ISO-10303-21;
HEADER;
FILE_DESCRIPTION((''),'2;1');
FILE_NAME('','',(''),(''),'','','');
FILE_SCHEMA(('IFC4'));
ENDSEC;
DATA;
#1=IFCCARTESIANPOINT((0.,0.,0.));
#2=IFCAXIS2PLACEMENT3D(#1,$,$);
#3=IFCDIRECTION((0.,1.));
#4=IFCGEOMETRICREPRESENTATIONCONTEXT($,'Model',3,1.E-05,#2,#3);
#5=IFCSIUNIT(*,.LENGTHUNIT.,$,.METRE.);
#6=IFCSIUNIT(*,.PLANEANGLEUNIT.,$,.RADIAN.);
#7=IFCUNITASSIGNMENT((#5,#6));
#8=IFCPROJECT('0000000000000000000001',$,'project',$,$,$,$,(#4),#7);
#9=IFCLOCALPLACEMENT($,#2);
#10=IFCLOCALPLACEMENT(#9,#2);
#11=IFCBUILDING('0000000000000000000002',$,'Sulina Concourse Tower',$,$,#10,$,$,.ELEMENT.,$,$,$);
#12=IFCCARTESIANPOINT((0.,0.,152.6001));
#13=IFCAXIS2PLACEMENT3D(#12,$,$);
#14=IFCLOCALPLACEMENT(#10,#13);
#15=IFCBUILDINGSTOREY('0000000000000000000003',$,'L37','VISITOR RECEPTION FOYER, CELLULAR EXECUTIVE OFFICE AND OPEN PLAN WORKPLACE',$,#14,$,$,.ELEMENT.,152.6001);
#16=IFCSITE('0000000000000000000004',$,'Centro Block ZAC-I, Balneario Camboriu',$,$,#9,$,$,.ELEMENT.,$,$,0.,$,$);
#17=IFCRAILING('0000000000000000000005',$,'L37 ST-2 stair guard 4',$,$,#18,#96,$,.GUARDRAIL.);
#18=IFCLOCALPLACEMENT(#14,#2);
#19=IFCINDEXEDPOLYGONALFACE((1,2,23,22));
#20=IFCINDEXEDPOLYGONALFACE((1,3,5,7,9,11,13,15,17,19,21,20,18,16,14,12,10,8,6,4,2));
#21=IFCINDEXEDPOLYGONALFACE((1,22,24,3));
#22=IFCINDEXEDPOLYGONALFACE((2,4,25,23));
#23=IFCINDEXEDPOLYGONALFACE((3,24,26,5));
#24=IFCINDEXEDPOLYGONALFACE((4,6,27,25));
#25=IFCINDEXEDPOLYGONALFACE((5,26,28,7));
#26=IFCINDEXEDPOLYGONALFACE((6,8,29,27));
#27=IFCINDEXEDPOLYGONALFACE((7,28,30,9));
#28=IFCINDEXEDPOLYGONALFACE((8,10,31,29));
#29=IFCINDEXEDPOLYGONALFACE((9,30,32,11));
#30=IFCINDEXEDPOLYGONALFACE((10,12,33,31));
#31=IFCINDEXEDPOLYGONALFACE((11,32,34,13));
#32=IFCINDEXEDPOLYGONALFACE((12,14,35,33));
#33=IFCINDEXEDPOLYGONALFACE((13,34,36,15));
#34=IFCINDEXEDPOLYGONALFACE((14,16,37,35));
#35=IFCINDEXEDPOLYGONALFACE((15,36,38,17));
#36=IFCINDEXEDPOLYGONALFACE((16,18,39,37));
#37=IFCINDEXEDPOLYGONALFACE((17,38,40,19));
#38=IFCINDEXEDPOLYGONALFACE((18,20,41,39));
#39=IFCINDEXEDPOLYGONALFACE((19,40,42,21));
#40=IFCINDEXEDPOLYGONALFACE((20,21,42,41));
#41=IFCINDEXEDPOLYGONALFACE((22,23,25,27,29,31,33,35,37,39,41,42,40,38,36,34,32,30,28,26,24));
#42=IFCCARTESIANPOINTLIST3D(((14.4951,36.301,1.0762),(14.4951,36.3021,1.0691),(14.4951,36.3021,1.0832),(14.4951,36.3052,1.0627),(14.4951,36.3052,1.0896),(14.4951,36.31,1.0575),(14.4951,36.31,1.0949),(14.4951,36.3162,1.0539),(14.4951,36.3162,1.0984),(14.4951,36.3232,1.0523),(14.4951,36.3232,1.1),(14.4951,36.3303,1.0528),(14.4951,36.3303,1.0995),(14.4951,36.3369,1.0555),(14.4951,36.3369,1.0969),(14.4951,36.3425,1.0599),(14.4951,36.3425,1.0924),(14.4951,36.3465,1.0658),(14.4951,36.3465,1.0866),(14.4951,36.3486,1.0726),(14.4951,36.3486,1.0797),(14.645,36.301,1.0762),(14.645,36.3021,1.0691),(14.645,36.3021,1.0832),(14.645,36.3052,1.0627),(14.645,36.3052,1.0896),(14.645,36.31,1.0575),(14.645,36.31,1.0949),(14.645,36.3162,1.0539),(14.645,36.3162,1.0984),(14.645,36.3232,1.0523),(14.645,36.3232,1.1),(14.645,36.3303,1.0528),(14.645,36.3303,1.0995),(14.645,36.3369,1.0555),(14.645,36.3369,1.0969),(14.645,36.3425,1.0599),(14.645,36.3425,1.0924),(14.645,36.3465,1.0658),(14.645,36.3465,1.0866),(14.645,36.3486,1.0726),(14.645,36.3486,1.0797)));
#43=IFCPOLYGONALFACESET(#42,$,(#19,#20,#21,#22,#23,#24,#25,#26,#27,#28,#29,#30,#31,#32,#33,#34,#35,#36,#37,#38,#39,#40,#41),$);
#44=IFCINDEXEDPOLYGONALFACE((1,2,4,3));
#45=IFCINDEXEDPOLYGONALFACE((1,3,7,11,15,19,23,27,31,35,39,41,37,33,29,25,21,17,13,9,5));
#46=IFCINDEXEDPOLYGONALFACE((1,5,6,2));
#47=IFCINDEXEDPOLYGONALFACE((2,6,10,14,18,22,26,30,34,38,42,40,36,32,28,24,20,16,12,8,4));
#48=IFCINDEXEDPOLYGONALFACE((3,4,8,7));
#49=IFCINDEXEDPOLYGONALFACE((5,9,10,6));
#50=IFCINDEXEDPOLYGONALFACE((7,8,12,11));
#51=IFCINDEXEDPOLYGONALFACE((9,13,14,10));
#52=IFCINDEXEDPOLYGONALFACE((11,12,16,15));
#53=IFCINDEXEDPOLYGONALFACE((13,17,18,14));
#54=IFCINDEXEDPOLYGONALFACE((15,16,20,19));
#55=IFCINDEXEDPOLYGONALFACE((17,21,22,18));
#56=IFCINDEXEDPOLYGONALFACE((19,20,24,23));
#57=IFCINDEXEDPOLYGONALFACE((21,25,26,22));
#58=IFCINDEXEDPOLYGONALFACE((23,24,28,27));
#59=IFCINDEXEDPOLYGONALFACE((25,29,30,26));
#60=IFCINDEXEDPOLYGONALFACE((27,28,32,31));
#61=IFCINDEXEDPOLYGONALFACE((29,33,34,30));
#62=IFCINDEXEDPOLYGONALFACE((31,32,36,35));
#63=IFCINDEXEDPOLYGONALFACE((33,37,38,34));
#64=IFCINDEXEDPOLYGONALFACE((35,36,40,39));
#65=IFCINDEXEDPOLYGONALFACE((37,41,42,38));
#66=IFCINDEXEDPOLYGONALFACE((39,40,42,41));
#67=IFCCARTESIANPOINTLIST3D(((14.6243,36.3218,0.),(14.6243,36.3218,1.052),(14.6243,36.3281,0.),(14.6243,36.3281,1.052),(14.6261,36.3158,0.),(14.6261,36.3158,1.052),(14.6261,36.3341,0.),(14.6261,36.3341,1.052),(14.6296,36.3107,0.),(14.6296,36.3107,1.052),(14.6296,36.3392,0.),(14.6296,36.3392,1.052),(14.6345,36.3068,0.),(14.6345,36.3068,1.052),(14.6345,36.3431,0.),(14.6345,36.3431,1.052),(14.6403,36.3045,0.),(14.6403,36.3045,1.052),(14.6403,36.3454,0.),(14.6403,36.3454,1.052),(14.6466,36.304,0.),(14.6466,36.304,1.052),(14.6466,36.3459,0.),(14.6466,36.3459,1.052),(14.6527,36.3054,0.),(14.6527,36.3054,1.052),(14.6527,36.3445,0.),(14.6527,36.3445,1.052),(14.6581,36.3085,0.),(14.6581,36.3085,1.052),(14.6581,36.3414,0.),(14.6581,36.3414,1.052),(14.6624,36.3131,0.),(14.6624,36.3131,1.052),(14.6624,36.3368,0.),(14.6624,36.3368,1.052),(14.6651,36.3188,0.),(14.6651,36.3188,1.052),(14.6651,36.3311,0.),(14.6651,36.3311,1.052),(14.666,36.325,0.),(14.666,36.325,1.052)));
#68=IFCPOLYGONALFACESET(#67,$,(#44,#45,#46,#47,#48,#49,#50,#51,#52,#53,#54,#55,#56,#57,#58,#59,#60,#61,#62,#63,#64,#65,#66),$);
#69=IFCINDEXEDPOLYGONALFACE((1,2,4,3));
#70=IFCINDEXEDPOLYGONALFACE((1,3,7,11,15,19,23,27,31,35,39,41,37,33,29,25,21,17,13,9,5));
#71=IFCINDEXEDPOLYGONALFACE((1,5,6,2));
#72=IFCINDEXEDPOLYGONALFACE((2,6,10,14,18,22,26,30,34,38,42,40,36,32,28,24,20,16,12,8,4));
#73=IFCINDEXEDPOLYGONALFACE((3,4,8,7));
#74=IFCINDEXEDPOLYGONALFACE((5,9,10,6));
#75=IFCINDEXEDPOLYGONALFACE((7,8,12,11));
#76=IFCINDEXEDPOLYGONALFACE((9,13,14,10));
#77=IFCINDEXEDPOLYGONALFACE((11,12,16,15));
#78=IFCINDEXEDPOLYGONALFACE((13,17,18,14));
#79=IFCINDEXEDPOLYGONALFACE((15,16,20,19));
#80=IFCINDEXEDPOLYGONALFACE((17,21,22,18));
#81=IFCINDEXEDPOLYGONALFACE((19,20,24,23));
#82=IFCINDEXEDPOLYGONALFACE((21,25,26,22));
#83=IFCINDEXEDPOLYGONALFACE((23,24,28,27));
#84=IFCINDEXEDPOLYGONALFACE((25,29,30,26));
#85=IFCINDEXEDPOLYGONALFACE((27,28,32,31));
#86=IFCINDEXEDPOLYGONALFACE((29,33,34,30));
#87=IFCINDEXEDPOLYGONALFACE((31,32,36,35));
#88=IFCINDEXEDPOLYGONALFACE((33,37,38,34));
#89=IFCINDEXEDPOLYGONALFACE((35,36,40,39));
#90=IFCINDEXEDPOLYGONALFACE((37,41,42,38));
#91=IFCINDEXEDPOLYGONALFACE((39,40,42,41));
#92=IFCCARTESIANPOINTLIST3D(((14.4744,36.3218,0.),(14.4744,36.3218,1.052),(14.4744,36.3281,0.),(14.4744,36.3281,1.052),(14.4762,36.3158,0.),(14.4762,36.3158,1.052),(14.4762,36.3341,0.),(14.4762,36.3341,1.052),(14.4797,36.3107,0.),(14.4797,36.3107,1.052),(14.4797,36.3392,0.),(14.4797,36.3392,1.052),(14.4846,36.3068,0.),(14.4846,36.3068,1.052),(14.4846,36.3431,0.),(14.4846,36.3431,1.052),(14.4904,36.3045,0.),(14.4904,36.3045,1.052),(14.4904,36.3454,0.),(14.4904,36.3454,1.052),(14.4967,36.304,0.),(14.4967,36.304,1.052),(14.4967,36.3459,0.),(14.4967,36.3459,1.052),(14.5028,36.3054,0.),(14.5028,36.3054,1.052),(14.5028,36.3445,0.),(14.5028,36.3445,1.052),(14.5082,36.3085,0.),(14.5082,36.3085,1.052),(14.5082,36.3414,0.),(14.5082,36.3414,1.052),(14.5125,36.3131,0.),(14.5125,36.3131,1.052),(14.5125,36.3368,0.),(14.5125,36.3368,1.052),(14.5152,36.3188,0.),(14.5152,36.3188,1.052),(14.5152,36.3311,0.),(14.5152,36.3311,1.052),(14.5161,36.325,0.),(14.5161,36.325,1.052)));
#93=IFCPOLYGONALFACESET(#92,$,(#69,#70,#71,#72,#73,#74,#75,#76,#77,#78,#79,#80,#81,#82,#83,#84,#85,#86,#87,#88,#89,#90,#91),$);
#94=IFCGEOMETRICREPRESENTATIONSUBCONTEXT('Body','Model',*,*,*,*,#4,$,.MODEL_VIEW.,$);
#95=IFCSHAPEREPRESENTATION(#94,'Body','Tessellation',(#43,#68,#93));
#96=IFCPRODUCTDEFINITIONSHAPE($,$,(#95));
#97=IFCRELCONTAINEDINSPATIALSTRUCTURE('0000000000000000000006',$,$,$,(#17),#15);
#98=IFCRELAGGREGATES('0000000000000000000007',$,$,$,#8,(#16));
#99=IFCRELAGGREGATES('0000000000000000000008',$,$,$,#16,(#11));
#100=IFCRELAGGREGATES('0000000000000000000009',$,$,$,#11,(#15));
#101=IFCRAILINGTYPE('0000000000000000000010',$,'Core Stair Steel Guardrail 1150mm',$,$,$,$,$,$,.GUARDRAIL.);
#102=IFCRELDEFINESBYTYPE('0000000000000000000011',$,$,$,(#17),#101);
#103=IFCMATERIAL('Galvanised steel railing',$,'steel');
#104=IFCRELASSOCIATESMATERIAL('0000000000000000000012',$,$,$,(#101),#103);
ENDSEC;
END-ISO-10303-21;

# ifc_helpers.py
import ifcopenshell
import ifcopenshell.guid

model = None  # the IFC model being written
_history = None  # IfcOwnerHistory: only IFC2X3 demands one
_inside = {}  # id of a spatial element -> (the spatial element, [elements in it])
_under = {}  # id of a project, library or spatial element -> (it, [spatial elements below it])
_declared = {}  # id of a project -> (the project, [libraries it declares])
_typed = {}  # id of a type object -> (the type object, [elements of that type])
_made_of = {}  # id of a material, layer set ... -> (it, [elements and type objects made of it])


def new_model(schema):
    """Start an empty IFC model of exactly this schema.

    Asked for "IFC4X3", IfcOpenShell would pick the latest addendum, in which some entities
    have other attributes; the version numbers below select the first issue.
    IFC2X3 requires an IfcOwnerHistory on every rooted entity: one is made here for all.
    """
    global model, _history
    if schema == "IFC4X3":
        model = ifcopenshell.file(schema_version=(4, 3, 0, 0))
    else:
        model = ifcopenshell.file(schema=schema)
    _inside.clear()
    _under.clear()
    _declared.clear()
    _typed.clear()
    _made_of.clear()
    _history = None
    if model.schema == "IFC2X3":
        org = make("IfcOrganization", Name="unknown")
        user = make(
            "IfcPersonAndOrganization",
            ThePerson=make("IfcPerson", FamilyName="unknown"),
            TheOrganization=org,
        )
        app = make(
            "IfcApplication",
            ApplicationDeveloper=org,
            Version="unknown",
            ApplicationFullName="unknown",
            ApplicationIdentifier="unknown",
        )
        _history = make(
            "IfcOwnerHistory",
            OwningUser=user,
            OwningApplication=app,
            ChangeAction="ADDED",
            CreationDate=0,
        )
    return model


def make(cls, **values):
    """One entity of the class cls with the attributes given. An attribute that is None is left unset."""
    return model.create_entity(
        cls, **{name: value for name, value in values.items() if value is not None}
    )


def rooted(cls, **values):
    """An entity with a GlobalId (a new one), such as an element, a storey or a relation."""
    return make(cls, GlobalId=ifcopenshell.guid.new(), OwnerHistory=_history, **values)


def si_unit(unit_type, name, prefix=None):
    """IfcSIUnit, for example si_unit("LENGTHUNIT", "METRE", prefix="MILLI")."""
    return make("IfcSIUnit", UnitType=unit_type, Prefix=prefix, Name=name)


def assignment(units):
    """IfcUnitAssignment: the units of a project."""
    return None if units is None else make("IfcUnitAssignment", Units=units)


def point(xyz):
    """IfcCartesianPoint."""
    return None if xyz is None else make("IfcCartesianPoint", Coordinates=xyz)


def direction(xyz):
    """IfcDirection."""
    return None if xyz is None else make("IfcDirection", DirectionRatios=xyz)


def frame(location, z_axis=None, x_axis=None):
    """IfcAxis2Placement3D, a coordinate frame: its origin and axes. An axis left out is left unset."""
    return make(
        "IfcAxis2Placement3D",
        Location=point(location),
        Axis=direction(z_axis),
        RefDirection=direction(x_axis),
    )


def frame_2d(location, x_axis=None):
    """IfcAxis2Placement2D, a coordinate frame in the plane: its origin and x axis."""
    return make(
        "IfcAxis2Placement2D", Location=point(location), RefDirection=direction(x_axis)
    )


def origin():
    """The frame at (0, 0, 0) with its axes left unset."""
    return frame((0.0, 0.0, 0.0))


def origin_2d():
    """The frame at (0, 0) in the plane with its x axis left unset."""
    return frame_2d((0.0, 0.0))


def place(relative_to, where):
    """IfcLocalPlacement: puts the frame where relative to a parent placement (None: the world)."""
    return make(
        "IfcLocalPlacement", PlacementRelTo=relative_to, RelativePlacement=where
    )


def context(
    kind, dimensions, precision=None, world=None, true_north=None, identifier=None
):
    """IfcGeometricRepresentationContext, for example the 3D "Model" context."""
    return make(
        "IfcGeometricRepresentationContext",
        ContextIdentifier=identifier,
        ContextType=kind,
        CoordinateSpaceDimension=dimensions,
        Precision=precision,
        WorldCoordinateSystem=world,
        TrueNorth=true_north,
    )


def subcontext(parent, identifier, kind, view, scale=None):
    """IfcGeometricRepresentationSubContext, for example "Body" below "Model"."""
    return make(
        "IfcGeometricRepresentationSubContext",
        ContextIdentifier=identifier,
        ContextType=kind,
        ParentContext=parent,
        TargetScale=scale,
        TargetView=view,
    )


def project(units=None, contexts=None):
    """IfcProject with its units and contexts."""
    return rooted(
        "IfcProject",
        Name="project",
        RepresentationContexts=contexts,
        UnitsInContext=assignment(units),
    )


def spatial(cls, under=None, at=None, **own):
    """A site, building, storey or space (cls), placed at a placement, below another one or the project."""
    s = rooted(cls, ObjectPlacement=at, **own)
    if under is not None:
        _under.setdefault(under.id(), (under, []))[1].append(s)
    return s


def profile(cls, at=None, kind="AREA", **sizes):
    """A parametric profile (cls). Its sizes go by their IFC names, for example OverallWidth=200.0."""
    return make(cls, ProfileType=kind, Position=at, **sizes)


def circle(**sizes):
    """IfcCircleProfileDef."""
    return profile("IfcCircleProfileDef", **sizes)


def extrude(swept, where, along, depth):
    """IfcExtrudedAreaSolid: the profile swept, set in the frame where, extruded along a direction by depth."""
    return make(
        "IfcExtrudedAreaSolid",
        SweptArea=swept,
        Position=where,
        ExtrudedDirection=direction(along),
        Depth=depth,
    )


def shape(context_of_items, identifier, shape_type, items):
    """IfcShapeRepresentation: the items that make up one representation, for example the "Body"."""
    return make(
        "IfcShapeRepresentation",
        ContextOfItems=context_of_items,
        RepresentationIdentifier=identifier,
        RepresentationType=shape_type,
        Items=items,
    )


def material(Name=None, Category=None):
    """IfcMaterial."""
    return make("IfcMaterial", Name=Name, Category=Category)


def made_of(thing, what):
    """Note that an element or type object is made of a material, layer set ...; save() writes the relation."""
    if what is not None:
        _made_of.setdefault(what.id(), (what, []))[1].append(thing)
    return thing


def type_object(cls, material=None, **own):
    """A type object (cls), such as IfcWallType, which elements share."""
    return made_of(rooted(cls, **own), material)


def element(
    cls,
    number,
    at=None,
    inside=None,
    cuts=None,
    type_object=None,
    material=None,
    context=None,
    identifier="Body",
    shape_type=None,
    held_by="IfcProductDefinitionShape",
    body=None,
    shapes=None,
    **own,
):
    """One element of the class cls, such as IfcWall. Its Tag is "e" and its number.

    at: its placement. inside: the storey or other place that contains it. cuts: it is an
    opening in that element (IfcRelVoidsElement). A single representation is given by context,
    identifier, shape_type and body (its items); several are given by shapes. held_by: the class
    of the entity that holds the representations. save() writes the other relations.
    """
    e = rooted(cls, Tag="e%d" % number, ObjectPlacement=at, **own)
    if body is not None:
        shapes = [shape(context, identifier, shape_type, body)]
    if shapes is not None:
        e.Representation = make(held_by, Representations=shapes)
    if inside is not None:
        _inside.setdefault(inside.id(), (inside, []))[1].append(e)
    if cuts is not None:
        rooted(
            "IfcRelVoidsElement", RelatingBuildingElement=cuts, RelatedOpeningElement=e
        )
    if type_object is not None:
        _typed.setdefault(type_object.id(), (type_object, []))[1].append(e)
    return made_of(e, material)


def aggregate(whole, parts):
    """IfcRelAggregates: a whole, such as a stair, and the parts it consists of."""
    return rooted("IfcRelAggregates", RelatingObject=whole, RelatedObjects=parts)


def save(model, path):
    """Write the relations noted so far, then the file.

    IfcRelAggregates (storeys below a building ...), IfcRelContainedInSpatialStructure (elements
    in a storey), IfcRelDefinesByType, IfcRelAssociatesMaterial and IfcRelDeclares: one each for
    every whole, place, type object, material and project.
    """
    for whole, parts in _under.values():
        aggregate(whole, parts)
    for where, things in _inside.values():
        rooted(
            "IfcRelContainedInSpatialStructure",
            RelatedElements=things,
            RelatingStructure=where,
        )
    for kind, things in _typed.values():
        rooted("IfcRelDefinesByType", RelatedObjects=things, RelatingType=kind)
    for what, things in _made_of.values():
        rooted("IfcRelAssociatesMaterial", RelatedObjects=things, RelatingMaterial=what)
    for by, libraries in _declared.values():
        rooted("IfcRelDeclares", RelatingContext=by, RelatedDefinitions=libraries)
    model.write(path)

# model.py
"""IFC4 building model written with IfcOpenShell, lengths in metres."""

from ifc_helpers import new_model, si_unit, direction, frame, origin, origin_2d, place, context, subcontext, project, spatial, circle, extrude, material, type_object, element, save


model = new_model("IFC4")

# Units and contexts
model_context = context("Model", 3, precision=1e-05, world=origin(), true_north=direction((0.0, 1.0)))
body_context = subcontext(model_context, "Body", "Model", "MODEL_VIEW")
ifc_project = project(units=[si_unit("LENGTHUNIT", "METRE"), si_unit("PLANEANGLEUNIT", "RADIAN")], contexts=[model_context])

# Site, building, storey
site_placement = place(None, origin())
site = spatial("IfcSite", under=ifc_project, at=site_placement, Name="Centro Block ZAC-I, Balneario Camboriu", CompositionType="ELEMENT", RefElevation=0.0)
building_placement = place(site_placement, origin())
building = spatial("IfcBuilding", under=site, at=building_placement, Name="Sulina Concourse Tower", CompositionType="ELEMENT")
storey_placement = place(building_placement, frame((0.0, 0.0, 152.6001)))
storey = spatial("IfcBuildingStorey", under=building, at=storey_placement, Name="L37", Description="VISITOR RECEPTION FOYER, CELLULAR EXECUTIVE OFFICE AND OPEN PLAN WORKPLACE", CompositionType="ELEMENT", Elevation=152.6001)

# Railing
ifc_material_1 = material(Name="Galvanised steel railing", Category="steel")
railing_type_1 = type_object("IfcRailingType", Name="Core Stair Steel Guardrail 1150mm", PredefinedType="GUARDRAIL", material=ifc_material_1)
railing_1_placement = place(storey_placement, frame((14.645, 36.325, 0.0)))
element("IfcRailing", 1, at=railing_1_placement, inside=storey, type_object=railing_type_1, Name="L37 ST-2 stair guard 4", PredefinedType="GUARDRAIL", context=body_context, shape_type="SweptSolid", body=[
    extrude(circle(Radius=0.0239, at=origin_2d()), frame((0.0, 0.0, 1.0762), z_axis=(-1.0, 0.0, 0.0), x_axis=(0.0, -1.0, 0.0)), (0.0, 0.0, 1.0), 0.1499),
    extrude(circle(Radius=0.021, at=origin_2d()), origin(), (0.0, 0.0, 1.0), 1.052),
    extrude(circle(Radius=0.021, at=origin_2d()), frame((-0.1499, 0.0, 0.0)), (0.0, 0.0, 1.0), 1.052),
])

save(model, "model.ifc")
